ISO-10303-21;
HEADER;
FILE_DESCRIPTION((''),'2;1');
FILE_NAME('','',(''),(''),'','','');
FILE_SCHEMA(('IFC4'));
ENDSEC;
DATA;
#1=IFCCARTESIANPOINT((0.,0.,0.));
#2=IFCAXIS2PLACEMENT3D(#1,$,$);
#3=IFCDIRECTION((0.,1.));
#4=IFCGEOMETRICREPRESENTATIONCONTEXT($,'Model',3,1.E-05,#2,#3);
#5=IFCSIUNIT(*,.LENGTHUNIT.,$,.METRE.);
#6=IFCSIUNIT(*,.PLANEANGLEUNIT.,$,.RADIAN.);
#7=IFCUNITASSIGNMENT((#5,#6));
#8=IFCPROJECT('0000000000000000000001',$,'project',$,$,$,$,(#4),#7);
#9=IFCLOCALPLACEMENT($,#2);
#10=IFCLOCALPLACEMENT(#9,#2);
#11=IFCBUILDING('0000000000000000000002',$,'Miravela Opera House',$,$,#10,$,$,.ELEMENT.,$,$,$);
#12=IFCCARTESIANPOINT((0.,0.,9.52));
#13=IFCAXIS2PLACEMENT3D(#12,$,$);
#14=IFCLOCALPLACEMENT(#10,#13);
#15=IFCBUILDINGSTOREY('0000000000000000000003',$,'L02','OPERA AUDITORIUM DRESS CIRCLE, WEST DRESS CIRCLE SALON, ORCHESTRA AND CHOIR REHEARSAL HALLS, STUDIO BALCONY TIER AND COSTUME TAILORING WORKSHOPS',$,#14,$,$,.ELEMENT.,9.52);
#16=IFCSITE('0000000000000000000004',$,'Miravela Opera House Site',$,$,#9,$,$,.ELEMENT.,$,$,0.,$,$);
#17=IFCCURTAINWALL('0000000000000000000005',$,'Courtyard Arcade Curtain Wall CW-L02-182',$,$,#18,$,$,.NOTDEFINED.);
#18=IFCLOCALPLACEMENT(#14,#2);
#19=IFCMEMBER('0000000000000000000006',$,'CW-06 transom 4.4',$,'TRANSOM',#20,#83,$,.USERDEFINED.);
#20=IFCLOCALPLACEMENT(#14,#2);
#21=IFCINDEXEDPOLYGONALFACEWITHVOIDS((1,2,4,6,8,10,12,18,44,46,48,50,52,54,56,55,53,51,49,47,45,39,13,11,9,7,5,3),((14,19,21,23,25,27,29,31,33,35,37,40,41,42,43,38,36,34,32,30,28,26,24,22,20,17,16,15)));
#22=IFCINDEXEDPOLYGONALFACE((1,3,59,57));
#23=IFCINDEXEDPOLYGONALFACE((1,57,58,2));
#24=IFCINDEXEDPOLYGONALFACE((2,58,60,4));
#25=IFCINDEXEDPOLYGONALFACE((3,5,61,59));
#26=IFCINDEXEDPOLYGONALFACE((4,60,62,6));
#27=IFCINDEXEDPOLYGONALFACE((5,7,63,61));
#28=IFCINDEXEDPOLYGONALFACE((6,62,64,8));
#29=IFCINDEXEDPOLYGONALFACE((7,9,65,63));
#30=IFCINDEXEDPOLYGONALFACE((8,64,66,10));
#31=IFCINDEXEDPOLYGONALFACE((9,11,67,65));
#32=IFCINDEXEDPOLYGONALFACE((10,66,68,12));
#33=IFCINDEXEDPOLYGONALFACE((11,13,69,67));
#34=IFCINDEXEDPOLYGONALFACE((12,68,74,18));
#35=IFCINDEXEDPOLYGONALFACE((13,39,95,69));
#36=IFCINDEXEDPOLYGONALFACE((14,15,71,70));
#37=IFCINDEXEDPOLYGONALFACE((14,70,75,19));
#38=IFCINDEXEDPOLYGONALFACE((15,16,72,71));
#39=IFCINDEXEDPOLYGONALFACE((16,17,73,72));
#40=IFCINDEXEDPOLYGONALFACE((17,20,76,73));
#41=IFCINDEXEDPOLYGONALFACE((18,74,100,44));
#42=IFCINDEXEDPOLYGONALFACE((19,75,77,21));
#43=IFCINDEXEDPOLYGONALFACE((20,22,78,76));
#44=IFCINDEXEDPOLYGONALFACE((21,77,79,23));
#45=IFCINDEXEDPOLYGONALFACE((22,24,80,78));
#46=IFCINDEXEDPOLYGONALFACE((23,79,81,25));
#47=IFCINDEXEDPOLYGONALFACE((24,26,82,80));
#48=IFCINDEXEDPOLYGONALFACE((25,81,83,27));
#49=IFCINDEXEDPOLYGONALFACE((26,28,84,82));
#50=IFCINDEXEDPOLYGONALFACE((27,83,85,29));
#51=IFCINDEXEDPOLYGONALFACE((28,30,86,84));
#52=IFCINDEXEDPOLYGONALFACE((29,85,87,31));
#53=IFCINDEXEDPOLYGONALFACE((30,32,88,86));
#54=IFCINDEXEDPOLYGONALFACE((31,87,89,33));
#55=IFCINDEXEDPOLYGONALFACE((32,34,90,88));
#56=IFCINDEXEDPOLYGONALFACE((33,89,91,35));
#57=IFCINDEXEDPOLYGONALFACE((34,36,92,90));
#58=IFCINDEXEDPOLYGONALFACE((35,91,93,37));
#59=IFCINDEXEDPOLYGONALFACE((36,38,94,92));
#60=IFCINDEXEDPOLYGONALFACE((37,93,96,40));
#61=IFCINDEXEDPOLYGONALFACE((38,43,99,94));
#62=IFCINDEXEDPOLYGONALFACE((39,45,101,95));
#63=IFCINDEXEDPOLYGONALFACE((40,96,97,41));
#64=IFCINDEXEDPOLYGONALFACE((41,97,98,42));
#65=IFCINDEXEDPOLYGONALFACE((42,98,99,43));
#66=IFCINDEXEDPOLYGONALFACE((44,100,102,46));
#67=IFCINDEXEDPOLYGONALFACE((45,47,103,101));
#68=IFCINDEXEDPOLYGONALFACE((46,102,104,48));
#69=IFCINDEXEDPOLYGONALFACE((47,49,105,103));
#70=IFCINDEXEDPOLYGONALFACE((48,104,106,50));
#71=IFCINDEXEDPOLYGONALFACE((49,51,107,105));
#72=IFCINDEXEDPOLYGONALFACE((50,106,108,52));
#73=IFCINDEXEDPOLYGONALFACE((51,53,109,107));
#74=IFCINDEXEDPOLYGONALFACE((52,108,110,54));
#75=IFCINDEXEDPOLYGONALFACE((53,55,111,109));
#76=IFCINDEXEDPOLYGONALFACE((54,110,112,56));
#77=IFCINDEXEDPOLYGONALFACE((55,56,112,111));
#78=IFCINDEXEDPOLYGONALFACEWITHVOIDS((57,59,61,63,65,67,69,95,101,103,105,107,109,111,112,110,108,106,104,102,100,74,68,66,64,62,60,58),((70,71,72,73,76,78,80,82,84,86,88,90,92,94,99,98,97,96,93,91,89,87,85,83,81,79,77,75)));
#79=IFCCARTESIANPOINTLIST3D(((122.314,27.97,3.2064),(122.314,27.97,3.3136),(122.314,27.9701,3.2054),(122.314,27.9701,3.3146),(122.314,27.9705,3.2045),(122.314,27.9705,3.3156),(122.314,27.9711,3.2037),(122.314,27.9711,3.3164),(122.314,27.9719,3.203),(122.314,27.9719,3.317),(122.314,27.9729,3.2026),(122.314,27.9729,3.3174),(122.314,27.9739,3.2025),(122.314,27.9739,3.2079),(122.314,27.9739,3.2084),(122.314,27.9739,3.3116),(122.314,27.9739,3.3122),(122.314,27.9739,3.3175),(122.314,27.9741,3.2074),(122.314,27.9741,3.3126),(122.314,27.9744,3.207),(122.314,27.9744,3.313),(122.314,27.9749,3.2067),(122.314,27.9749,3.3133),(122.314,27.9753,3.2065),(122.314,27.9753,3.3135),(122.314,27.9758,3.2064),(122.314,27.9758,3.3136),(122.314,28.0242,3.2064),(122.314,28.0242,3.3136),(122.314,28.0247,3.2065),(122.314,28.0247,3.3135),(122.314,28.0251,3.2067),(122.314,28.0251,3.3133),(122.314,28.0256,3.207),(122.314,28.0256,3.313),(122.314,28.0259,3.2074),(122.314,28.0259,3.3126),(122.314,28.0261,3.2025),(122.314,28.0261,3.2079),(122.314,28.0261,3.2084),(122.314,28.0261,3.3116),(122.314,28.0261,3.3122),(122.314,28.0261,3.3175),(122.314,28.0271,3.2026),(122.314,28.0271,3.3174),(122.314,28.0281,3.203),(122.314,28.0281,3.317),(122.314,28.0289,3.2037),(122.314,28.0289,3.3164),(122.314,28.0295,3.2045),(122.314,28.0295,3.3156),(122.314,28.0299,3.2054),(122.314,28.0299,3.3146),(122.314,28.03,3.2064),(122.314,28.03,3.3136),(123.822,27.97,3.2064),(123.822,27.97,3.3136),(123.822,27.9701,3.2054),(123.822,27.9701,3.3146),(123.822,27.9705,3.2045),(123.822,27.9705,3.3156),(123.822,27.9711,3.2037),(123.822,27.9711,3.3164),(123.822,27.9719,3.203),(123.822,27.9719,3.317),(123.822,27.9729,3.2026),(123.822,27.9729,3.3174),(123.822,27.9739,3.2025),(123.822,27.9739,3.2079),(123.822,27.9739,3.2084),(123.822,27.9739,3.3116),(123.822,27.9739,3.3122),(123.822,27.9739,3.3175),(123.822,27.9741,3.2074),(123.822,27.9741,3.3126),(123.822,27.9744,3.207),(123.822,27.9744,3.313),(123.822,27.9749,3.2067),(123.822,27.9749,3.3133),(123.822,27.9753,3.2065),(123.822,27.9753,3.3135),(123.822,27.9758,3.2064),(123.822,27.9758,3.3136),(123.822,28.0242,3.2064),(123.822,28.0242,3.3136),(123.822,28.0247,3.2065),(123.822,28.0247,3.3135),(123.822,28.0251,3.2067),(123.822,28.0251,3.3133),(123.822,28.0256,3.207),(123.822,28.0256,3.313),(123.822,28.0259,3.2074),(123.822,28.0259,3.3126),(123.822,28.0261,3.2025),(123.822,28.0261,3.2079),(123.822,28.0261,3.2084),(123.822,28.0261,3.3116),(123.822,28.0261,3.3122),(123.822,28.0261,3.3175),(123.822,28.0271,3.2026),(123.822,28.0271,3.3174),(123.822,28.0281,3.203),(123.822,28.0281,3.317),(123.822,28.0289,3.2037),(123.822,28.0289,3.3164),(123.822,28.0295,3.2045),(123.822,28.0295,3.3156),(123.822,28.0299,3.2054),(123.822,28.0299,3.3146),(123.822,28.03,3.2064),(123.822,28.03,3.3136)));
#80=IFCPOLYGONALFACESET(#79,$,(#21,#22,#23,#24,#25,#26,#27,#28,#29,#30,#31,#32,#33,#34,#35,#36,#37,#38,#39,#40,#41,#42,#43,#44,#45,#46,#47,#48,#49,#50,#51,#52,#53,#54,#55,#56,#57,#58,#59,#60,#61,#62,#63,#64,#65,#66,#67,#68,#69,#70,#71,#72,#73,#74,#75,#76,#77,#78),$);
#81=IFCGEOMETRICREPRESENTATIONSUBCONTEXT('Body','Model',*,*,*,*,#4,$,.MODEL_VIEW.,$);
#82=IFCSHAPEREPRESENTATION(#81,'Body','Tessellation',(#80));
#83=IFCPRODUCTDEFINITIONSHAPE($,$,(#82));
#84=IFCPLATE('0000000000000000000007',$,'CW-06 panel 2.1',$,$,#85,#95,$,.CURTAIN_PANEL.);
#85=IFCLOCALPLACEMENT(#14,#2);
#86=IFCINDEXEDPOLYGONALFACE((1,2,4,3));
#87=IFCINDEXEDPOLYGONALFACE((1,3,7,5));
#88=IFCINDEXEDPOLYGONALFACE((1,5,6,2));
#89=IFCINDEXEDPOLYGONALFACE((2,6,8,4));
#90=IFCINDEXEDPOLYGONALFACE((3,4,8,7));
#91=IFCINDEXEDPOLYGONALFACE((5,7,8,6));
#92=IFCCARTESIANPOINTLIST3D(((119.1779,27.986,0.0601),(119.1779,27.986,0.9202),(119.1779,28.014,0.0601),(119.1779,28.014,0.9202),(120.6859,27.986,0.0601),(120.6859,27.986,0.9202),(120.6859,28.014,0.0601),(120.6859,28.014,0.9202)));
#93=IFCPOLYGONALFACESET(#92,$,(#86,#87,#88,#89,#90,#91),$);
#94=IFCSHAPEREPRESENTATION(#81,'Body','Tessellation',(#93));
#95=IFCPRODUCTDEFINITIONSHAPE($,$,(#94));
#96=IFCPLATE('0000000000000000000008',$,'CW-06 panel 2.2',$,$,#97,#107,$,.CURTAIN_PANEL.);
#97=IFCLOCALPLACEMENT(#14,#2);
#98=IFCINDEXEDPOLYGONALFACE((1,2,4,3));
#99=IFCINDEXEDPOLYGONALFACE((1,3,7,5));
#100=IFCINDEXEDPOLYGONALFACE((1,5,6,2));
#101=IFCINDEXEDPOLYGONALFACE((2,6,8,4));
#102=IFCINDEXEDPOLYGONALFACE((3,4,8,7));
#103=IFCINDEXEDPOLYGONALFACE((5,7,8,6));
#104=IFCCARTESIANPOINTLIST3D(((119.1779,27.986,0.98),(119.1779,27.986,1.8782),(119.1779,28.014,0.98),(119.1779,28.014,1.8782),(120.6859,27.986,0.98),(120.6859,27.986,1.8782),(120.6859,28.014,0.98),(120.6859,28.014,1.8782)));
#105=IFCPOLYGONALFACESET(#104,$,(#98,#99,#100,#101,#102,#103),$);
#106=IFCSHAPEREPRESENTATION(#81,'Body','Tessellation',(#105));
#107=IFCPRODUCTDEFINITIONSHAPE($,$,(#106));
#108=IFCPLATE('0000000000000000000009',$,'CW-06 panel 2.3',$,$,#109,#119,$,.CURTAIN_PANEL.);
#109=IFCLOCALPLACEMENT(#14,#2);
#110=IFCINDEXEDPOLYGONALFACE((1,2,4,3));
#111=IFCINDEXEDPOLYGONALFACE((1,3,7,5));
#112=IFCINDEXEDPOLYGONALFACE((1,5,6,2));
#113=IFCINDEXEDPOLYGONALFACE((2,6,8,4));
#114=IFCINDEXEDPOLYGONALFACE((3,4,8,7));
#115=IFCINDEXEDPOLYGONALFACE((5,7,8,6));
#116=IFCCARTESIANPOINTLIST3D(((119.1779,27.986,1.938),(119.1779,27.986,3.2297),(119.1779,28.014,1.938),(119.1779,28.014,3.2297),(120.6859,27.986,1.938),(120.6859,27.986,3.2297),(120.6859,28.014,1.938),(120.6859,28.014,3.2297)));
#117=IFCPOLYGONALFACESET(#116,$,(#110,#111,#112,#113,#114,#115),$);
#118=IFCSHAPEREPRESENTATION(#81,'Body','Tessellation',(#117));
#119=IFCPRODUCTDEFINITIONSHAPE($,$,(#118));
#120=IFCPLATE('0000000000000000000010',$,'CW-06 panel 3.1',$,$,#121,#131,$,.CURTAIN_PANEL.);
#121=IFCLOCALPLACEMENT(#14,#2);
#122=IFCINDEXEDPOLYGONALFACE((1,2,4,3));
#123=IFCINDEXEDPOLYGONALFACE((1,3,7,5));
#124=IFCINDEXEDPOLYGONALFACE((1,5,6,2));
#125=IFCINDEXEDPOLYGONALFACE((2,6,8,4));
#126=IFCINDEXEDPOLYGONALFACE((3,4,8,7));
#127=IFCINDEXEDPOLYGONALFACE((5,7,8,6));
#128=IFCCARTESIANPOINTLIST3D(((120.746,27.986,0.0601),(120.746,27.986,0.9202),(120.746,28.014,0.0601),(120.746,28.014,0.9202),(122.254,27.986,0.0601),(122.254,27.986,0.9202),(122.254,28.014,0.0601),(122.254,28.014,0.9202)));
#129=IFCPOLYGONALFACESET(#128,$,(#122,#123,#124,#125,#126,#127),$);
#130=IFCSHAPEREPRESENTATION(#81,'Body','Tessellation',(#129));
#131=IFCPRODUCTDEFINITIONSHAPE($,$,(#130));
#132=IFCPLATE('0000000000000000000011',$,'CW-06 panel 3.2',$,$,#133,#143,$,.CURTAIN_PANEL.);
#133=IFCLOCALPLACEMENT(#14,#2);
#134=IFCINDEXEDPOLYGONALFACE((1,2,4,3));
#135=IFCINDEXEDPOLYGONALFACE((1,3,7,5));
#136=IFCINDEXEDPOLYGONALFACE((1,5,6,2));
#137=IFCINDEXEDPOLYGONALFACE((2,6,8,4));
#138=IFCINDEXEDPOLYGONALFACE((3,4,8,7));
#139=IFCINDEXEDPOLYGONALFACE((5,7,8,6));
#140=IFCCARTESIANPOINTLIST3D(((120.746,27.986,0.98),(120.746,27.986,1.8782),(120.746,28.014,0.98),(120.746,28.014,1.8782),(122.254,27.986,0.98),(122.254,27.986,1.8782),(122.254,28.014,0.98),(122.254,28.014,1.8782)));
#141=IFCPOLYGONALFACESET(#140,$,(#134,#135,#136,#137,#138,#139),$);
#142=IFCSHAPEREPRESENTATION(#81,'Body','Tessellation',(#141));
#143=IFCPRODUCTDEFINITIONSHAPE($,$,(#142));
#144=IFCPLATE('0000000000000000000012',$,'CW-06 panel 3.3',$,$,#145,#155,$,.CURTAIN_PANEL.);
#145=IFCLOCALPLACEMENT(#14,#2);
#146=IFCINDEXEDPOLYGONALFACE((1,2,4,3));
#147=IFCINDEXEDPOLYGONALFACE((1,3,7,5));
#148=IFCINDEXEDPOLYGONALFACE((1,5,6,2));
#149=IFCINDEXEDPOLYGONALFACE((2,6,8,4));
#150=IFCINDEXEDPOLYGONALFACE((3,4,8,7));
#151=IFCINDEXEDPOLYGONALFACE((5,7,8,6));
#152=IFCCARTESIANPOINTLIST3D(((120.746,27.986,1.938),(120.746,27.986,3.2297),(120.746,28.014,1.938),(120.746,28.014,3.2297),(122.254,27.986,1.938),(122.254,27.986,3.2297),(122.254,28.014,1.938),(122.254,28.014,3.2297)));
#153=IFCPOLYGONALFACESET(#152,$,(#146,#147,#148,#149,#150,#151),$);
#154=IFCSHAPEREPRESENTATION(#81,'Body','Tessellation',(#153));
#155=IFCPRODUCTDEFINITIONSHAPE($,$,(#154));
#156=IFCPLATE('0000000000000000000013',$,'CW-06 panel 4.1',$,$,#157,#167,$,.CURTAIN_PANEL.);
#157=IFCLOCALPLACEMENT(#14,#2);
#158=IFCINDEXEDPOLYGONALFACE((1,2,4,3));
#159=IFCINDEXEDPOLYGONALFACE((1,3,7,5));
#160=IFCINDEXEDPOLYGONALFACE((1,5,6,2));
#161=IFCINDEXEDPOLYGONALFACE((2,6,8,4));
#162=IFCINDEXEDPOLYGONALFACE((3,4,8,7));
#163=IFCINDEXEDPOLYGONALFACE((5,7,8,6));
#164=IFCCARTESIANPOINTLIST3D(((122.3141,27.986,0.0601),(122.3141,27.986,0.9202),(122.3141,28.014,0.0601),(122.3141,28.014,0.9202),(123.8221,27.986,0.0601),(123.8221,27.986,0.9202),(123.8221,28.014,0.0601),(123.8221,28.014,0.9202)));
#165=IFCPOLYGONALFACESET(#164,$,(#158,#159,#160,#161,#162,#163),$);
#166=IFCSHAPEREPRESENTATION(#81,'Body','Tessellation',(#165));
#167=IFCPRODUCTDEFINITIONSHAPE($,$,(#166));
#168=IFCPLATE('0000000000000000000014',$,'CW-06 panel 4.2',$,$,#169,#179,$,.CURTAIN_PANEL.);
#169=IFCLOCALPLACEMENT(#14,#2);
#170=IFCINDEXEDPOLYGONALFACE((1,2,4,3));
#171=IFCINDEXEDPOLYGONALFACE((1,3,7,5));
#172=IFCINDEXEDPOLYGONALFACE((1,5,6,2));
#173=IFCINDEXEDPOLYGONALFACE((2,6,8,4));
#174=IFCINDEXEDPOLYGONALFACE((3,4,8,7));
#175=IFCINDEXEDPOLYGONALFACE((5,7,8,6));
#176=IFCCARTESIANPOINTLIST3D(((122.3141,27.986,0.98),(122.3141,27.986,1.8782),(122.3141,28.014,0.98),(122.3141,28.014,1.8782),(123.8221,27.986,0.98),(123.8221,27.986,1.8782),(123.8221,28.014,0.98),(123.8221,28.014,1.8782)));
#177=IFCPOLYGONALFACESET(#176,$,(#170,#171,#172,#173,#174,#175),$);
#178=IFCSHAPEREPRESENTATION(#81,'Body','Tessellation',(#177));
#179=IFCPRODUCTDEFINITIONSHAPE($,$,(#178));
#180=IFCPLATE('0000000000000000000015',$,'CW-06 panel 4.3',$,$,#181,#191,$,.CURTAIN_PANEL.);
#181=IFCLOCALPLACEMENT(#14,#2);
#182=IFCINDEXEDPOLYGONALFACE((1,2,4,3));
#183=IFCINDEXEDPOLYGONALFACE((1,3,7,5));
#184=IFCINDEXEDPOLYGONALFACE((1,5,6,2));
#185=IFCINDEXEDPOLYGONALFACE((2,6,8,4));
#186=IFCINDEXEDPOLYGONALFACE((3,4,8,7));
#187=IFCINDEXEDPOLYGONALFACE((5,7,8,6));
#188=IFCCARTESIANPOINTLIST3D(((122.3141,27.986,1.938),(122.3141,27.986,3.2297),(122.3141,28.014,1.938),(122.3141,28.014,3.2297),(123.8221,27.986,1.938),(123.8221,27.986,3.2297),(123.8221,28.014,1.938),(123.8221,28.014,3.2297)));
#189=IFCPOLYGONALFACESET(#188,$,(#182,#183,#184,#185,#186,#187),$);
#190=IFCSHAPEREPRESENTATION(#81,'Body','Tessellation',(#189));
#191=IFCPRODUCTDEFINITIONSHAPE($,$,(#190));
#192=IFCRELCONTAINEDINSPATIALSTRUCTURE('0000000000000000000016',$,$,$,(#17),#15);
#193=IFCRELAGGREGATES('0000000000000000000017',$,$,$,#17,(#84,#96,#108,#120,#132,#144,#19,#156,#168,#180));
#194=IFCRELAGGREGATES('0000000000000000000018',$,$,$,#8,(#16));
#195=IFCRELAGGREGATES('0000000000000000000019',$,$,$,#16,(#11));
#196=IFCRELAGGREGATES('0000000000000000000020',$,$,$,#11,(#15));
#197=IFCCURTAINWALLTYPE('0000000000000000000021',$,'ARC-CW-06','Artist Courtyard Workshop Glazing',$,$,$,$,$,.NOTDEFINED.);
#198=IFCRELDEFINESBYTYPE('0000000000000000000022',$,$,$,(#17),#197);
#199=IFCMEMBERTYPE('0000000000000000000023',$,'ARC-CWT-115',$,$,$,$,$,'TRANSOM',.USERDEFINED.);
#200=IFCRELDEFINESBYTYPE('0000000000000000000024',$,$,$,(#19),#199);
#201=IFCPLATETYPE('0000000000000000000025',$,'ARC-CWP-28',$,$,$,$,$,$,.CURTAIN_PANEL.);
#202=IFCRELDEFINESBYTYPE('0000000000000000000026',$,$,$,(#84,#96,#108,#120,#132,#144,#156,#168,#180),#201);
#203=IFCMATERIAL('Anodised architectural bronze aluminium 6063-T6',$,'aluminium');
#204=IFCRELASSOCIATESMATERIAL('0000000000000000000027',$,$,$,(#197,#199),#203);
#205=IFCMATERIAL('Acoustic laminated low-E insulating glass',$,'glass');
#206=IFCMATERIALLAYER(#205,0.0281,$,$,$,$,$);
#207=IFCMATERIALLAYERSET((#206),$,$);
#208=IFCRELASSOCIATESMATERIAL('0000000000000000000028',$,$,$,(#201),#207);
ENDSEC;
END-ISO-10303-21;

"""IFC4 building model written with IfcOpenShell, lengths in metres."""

from ifc_helpers import new_model, si_unit, direction, frame, origin, origin_2d, place, context, subcontext, project, spatial, rectangle, hollow_rectangle, extrude, material, layer, layer_set, material_profile, profile_set, type_object, element, aggregate, save


model = new_model("IFC4")

# Units and contexts
model_context = context("Model", 3, precision=1e-05, world=origin(), true_north=direction((0.0, 1.0)))
body_context = subcontext(model_context, "Body", "Model", "MODEL_VIEW")
ifc_project = project(units=[si_unit("LENGTHUNIT", "METRE"), si_unit("PLANEANGLEUNIT", "RADIAN")], contexts=[model_context])

# Site, building, storey
site_placement = place(None, origin())
site = spatial("IfcSite", under=ifc_project, at=site_placement, Name="Miravela Opera House Site", CompositionType="ELEMENT", RefElevation=0.0)
building_placement = place(site_placement, origin())
building = spatial("IfcBuilding", under=site, at=building_placement, Name="Miravela Opera House", CompositionType="ELEMENT")
storey_placement = place(building_placement, frame((0.0, 0.0, 9.52)))
storey = spatial("IfcBuildingStorey", under=building, at=storey_placement, Name="L02", Description="OPERA AUDITORIUM DRESS CIRCLE, WEST DRESS CIRCLE SALON, ORCHESTRA AND CHOIR REHEARSAL HALLS, STUDIO BALCONY TIER AND COSTUME TAILORING WORKSHOPS", CompositionType="ELEMENT", Elevation=9.52)

# Curtain wall, member, plates
ifc_material_1 = material(Name="Anodised architectural bronze aluminium 6063-T6", Category="aluminium")
curtain_wall_type = type_object("IfcCurtainWallType", Name="ARC-CW-06", Description="Artist Courtyard Workshop Glazing", PredefinedType="NOTDEFINED", material=ifc_material_1)
curtain_wall_placement = place(storey_placement, origin())
curtain_wall = element("IfcCurtainWall", 1, at=curtain_wall_placement, inside=storey, type_object=curtain_wall_type, Name="Courtyard Arcade Curtain Wall CW-L02-182", PredefinedType="NOTDEFINED")
ifc_material_profile_1 = material_profile(ifc_material_1, hollow_rectangle(XDim=0.0601, YDim=0.115, WallThickness=0.0039, InnerFilletRadius=0.002, OuterFilletRadius=0.0039, at=origin_2d()), Name="CWT-60X115")
ifc_profile_set_1 = profile_set([ifc_material_profile_1])
member_type_1 = type_object("IfcMemberType", Name="ARC-CWT-115", ElementType="TRANSOM", PredefinedType="USERDEFINED", material=ifc_profile_set_1)
member_1_placement = place(storey_placement, frame((122.314, 28.0, 3.26), z_axis=(1.0, 0.0, 0.0), x_axis=(0.0, 1.0, 0.0)))
member_1 = element("IfcMember", 2, at=member_1_placement, type_object=member_type_1, Name="CW-06 transom 4.4", ObjectType="TRANSOM", PredefinedType="USERDEFINED", context=body_context, shape_type="SweptSolid", body=[
    extrude(hollow_rectangle(XDim=0.0601, YDim=0.115, WallThickness=0.0039, InnerFilletRadius=0.002, OuterFilletRadius=0.0039, at=origin_2d()), origin(), (0.0, 0.0, 1.0), 1.5081),
])
ifc_material_2 = material(Name="Acoustic laminated low-E insulating glass", Category="glass")
ifc_layer = layer(ifc_material_2, 0.0281)
ifc_layer_set = layer_set([ifc_layer])
plate_type = type_object("IfcPlateType", Name="ARC-CWP-28", PredefinedType="CURTAIN_PANEL", material=ifc_layer_set)
plate_1_placement = place(storey_placement, frame((119.9319, 28.0, 0.0601), z_axis=(0.0, 0.0, 1.0), x_axis=(1.0, 0.0, 0.0)))
plate_1 = element("IfcPlate", 3, at=plate_1_placement, type_object=plate_type, Name="CW-06 panel 2.1", PredefinedType="CURTAIN_PANEL", context=body_context, shape_type="SweptSolid", body=[
    extrude(rectangle(XDim=1.5081, YDim=0.0281, at=origin_2d()), origin(), (0.0, 0.0, 1.0), 0.8601),
])
plate_2_placement = place(storey_placement, frame((119.9319, 28.0, 0.98), z_axis=(0.0, 0.0, 1.0), x_axis=(1.0, 0.0, 0.0)))
plate_2 = element("IfcPlate", 4, at=plate_2_placement, type_object=plate_type, Name="CW-06 panel 2.2", PredefinedType="CURTAIN_PANEL", context=body_context, shape_type="SweptSolid", body=[
    extrude(rectangle(XDim=1.5081, YDim=0.0281, at=origin_2d()), origin(), (0.0, 0.0, 1.0), 0.8982),
])
plate_3_placement = place(storey_placement, frame((119.9319, 28.0, 1.938), z_axis=(0.0, 0.0, 1.0), x_axis=(1.0, 0.0, 0.0)))
plate_3 = element("IfcPlate", 5, at=plate_3_placement, type_object=plate_type, Name="CW-06 panel 2.3", PredefinedType="CURTAIN_PANEL", context=body_context, shape_type="SweptSolid", body=[
    extrude(rectangle(XDim=1.5081, YDim=0.0281, at=origin_2d()), origin(), (0.0, 0.0, 1.0), 1.2917),
])
plate_4_placement = place(storey_placement, frame((121.5, 28.0, 0.0601), z_axis=(0.0, 0.0, 1.0), x_axis=(1.0, 0.0, 0.0)))
plate_4 = element("IfcPlate", 6, at=plate_4_placement, type_object=plate_type, Name="CW-06 panel 3.1", PredefinedType="CURTAIN_PANEL", context=body_context, shape_type="SweptSolid", body=[
    extrude(rectangle(XDim=1.5081, YDim=0.0281, at=origin_2d()), origin(), (0.0, 0.0, 1.0), 0.8601),
])
plate_5_placement = place(storey_placement, frame((121.5, 28.0, 0.98), z_axis=(0.0, 0.0, 1.0), x_axis=(1.0, 0.0, 0.0)))
plate_5 = element("IfcPlate", 7, at=plate_5_placement, type_object=plate_type, Name="CW-06 panel 3.2", PredefinedType="CURTAIN_PANEL", context=body_context, shape_type="SweptSolid", body=[
    extrude(rectangle(XDim=1.5081, YDim=0.0281, at=origin_2d()), origin(), (0.0, 0.0, 1.0), 0.8982),
])
plate_6_placement = place(storey_placement, frame((121.5, 28.0, 1.938), z_axis=(0.0, 0.0, 1.0), x_axis=(1.0, 0.0, 0.0)))
plate_6 = element("IfcPlate", 8, at=plate_6_placement, type_object=plate_type, Name="CW-06 panel 3.3", PredefinedType="CURTAIN_PANEL", context=body_context, shape_type="SweptSolid", body=[
    extrude(rectangle(XDim=1.5081, YDim=0.0281, at=origin_2d()), origin(), (0.0, 0.0, 1.0), 1.2917),
])
plate_7_placement = place(storey_placement, frame((123.0681, 28.0, 0.0601), z_axis=(0.0, 0.0, 1.0), x_axis=(1.0, 0.0, 0.0)))
plate_7 = element("IfcPlate", 9, at=plate_7_placement, type_object=plate_type, Name="CW-06 panel 4.1", PredefinedType="CURTAIN_PANEL", context=body_context, shape_type="SweptSolid", body=[
    extrude(rectangle(XDim=1.5081, YDim=0.0281, at=origin_2d()), origin(), (0.0, 0.0, 1.0), 0.8601),
])
plate_8_placement = place(storey_placement, frame((123.0681, 28.0, 0.98), z_axis=(0.0, 0.0, 1.0), x_axis=(1.0, 0.0, 0.0)))
plate_8 = element("IfcPlate", 10, at=plate_8_placement, type_object=plate_type, Name="CW-06 panel 4.2", PredefinedType="CURTAIN_PANEL", context=body_context, shape_type="SweptSolid", body=[
    extrude(rectangle(XDim=1.5081, YDim=0.0281, at=origin_2d()), origin(), (0.0, 0.0, 1.0), 0.8982),
])
plate_9_placement = place(storey_placement, frame((123.0681, 28.0, 1.938), z_axis=(0.0, 0.0, 1.0), x_axis=(1.0, 0.0, 0.0)))
plate_9 = element("IfcPlate", 11, at=plate_9_placement, type_object=plate_type, Name="CW-06 panel 4.3", PredefinedType="CURTAIN_PANEL", context=body_context, shape_type="SweptSolid", body=[
    extrude(rectangle(XDim=1.5081, YDim=0.0281, at=origin_2d()), origin(), (0.0, 0.0, 1.0), 1.2917),
])
aggregate(curtain_wall, [plate_1, plate_2, plate_3, plate_4, plate_5, plate_6, member_1, plate_7, plate_8, plate_9])

save(model, "model.ifc")
